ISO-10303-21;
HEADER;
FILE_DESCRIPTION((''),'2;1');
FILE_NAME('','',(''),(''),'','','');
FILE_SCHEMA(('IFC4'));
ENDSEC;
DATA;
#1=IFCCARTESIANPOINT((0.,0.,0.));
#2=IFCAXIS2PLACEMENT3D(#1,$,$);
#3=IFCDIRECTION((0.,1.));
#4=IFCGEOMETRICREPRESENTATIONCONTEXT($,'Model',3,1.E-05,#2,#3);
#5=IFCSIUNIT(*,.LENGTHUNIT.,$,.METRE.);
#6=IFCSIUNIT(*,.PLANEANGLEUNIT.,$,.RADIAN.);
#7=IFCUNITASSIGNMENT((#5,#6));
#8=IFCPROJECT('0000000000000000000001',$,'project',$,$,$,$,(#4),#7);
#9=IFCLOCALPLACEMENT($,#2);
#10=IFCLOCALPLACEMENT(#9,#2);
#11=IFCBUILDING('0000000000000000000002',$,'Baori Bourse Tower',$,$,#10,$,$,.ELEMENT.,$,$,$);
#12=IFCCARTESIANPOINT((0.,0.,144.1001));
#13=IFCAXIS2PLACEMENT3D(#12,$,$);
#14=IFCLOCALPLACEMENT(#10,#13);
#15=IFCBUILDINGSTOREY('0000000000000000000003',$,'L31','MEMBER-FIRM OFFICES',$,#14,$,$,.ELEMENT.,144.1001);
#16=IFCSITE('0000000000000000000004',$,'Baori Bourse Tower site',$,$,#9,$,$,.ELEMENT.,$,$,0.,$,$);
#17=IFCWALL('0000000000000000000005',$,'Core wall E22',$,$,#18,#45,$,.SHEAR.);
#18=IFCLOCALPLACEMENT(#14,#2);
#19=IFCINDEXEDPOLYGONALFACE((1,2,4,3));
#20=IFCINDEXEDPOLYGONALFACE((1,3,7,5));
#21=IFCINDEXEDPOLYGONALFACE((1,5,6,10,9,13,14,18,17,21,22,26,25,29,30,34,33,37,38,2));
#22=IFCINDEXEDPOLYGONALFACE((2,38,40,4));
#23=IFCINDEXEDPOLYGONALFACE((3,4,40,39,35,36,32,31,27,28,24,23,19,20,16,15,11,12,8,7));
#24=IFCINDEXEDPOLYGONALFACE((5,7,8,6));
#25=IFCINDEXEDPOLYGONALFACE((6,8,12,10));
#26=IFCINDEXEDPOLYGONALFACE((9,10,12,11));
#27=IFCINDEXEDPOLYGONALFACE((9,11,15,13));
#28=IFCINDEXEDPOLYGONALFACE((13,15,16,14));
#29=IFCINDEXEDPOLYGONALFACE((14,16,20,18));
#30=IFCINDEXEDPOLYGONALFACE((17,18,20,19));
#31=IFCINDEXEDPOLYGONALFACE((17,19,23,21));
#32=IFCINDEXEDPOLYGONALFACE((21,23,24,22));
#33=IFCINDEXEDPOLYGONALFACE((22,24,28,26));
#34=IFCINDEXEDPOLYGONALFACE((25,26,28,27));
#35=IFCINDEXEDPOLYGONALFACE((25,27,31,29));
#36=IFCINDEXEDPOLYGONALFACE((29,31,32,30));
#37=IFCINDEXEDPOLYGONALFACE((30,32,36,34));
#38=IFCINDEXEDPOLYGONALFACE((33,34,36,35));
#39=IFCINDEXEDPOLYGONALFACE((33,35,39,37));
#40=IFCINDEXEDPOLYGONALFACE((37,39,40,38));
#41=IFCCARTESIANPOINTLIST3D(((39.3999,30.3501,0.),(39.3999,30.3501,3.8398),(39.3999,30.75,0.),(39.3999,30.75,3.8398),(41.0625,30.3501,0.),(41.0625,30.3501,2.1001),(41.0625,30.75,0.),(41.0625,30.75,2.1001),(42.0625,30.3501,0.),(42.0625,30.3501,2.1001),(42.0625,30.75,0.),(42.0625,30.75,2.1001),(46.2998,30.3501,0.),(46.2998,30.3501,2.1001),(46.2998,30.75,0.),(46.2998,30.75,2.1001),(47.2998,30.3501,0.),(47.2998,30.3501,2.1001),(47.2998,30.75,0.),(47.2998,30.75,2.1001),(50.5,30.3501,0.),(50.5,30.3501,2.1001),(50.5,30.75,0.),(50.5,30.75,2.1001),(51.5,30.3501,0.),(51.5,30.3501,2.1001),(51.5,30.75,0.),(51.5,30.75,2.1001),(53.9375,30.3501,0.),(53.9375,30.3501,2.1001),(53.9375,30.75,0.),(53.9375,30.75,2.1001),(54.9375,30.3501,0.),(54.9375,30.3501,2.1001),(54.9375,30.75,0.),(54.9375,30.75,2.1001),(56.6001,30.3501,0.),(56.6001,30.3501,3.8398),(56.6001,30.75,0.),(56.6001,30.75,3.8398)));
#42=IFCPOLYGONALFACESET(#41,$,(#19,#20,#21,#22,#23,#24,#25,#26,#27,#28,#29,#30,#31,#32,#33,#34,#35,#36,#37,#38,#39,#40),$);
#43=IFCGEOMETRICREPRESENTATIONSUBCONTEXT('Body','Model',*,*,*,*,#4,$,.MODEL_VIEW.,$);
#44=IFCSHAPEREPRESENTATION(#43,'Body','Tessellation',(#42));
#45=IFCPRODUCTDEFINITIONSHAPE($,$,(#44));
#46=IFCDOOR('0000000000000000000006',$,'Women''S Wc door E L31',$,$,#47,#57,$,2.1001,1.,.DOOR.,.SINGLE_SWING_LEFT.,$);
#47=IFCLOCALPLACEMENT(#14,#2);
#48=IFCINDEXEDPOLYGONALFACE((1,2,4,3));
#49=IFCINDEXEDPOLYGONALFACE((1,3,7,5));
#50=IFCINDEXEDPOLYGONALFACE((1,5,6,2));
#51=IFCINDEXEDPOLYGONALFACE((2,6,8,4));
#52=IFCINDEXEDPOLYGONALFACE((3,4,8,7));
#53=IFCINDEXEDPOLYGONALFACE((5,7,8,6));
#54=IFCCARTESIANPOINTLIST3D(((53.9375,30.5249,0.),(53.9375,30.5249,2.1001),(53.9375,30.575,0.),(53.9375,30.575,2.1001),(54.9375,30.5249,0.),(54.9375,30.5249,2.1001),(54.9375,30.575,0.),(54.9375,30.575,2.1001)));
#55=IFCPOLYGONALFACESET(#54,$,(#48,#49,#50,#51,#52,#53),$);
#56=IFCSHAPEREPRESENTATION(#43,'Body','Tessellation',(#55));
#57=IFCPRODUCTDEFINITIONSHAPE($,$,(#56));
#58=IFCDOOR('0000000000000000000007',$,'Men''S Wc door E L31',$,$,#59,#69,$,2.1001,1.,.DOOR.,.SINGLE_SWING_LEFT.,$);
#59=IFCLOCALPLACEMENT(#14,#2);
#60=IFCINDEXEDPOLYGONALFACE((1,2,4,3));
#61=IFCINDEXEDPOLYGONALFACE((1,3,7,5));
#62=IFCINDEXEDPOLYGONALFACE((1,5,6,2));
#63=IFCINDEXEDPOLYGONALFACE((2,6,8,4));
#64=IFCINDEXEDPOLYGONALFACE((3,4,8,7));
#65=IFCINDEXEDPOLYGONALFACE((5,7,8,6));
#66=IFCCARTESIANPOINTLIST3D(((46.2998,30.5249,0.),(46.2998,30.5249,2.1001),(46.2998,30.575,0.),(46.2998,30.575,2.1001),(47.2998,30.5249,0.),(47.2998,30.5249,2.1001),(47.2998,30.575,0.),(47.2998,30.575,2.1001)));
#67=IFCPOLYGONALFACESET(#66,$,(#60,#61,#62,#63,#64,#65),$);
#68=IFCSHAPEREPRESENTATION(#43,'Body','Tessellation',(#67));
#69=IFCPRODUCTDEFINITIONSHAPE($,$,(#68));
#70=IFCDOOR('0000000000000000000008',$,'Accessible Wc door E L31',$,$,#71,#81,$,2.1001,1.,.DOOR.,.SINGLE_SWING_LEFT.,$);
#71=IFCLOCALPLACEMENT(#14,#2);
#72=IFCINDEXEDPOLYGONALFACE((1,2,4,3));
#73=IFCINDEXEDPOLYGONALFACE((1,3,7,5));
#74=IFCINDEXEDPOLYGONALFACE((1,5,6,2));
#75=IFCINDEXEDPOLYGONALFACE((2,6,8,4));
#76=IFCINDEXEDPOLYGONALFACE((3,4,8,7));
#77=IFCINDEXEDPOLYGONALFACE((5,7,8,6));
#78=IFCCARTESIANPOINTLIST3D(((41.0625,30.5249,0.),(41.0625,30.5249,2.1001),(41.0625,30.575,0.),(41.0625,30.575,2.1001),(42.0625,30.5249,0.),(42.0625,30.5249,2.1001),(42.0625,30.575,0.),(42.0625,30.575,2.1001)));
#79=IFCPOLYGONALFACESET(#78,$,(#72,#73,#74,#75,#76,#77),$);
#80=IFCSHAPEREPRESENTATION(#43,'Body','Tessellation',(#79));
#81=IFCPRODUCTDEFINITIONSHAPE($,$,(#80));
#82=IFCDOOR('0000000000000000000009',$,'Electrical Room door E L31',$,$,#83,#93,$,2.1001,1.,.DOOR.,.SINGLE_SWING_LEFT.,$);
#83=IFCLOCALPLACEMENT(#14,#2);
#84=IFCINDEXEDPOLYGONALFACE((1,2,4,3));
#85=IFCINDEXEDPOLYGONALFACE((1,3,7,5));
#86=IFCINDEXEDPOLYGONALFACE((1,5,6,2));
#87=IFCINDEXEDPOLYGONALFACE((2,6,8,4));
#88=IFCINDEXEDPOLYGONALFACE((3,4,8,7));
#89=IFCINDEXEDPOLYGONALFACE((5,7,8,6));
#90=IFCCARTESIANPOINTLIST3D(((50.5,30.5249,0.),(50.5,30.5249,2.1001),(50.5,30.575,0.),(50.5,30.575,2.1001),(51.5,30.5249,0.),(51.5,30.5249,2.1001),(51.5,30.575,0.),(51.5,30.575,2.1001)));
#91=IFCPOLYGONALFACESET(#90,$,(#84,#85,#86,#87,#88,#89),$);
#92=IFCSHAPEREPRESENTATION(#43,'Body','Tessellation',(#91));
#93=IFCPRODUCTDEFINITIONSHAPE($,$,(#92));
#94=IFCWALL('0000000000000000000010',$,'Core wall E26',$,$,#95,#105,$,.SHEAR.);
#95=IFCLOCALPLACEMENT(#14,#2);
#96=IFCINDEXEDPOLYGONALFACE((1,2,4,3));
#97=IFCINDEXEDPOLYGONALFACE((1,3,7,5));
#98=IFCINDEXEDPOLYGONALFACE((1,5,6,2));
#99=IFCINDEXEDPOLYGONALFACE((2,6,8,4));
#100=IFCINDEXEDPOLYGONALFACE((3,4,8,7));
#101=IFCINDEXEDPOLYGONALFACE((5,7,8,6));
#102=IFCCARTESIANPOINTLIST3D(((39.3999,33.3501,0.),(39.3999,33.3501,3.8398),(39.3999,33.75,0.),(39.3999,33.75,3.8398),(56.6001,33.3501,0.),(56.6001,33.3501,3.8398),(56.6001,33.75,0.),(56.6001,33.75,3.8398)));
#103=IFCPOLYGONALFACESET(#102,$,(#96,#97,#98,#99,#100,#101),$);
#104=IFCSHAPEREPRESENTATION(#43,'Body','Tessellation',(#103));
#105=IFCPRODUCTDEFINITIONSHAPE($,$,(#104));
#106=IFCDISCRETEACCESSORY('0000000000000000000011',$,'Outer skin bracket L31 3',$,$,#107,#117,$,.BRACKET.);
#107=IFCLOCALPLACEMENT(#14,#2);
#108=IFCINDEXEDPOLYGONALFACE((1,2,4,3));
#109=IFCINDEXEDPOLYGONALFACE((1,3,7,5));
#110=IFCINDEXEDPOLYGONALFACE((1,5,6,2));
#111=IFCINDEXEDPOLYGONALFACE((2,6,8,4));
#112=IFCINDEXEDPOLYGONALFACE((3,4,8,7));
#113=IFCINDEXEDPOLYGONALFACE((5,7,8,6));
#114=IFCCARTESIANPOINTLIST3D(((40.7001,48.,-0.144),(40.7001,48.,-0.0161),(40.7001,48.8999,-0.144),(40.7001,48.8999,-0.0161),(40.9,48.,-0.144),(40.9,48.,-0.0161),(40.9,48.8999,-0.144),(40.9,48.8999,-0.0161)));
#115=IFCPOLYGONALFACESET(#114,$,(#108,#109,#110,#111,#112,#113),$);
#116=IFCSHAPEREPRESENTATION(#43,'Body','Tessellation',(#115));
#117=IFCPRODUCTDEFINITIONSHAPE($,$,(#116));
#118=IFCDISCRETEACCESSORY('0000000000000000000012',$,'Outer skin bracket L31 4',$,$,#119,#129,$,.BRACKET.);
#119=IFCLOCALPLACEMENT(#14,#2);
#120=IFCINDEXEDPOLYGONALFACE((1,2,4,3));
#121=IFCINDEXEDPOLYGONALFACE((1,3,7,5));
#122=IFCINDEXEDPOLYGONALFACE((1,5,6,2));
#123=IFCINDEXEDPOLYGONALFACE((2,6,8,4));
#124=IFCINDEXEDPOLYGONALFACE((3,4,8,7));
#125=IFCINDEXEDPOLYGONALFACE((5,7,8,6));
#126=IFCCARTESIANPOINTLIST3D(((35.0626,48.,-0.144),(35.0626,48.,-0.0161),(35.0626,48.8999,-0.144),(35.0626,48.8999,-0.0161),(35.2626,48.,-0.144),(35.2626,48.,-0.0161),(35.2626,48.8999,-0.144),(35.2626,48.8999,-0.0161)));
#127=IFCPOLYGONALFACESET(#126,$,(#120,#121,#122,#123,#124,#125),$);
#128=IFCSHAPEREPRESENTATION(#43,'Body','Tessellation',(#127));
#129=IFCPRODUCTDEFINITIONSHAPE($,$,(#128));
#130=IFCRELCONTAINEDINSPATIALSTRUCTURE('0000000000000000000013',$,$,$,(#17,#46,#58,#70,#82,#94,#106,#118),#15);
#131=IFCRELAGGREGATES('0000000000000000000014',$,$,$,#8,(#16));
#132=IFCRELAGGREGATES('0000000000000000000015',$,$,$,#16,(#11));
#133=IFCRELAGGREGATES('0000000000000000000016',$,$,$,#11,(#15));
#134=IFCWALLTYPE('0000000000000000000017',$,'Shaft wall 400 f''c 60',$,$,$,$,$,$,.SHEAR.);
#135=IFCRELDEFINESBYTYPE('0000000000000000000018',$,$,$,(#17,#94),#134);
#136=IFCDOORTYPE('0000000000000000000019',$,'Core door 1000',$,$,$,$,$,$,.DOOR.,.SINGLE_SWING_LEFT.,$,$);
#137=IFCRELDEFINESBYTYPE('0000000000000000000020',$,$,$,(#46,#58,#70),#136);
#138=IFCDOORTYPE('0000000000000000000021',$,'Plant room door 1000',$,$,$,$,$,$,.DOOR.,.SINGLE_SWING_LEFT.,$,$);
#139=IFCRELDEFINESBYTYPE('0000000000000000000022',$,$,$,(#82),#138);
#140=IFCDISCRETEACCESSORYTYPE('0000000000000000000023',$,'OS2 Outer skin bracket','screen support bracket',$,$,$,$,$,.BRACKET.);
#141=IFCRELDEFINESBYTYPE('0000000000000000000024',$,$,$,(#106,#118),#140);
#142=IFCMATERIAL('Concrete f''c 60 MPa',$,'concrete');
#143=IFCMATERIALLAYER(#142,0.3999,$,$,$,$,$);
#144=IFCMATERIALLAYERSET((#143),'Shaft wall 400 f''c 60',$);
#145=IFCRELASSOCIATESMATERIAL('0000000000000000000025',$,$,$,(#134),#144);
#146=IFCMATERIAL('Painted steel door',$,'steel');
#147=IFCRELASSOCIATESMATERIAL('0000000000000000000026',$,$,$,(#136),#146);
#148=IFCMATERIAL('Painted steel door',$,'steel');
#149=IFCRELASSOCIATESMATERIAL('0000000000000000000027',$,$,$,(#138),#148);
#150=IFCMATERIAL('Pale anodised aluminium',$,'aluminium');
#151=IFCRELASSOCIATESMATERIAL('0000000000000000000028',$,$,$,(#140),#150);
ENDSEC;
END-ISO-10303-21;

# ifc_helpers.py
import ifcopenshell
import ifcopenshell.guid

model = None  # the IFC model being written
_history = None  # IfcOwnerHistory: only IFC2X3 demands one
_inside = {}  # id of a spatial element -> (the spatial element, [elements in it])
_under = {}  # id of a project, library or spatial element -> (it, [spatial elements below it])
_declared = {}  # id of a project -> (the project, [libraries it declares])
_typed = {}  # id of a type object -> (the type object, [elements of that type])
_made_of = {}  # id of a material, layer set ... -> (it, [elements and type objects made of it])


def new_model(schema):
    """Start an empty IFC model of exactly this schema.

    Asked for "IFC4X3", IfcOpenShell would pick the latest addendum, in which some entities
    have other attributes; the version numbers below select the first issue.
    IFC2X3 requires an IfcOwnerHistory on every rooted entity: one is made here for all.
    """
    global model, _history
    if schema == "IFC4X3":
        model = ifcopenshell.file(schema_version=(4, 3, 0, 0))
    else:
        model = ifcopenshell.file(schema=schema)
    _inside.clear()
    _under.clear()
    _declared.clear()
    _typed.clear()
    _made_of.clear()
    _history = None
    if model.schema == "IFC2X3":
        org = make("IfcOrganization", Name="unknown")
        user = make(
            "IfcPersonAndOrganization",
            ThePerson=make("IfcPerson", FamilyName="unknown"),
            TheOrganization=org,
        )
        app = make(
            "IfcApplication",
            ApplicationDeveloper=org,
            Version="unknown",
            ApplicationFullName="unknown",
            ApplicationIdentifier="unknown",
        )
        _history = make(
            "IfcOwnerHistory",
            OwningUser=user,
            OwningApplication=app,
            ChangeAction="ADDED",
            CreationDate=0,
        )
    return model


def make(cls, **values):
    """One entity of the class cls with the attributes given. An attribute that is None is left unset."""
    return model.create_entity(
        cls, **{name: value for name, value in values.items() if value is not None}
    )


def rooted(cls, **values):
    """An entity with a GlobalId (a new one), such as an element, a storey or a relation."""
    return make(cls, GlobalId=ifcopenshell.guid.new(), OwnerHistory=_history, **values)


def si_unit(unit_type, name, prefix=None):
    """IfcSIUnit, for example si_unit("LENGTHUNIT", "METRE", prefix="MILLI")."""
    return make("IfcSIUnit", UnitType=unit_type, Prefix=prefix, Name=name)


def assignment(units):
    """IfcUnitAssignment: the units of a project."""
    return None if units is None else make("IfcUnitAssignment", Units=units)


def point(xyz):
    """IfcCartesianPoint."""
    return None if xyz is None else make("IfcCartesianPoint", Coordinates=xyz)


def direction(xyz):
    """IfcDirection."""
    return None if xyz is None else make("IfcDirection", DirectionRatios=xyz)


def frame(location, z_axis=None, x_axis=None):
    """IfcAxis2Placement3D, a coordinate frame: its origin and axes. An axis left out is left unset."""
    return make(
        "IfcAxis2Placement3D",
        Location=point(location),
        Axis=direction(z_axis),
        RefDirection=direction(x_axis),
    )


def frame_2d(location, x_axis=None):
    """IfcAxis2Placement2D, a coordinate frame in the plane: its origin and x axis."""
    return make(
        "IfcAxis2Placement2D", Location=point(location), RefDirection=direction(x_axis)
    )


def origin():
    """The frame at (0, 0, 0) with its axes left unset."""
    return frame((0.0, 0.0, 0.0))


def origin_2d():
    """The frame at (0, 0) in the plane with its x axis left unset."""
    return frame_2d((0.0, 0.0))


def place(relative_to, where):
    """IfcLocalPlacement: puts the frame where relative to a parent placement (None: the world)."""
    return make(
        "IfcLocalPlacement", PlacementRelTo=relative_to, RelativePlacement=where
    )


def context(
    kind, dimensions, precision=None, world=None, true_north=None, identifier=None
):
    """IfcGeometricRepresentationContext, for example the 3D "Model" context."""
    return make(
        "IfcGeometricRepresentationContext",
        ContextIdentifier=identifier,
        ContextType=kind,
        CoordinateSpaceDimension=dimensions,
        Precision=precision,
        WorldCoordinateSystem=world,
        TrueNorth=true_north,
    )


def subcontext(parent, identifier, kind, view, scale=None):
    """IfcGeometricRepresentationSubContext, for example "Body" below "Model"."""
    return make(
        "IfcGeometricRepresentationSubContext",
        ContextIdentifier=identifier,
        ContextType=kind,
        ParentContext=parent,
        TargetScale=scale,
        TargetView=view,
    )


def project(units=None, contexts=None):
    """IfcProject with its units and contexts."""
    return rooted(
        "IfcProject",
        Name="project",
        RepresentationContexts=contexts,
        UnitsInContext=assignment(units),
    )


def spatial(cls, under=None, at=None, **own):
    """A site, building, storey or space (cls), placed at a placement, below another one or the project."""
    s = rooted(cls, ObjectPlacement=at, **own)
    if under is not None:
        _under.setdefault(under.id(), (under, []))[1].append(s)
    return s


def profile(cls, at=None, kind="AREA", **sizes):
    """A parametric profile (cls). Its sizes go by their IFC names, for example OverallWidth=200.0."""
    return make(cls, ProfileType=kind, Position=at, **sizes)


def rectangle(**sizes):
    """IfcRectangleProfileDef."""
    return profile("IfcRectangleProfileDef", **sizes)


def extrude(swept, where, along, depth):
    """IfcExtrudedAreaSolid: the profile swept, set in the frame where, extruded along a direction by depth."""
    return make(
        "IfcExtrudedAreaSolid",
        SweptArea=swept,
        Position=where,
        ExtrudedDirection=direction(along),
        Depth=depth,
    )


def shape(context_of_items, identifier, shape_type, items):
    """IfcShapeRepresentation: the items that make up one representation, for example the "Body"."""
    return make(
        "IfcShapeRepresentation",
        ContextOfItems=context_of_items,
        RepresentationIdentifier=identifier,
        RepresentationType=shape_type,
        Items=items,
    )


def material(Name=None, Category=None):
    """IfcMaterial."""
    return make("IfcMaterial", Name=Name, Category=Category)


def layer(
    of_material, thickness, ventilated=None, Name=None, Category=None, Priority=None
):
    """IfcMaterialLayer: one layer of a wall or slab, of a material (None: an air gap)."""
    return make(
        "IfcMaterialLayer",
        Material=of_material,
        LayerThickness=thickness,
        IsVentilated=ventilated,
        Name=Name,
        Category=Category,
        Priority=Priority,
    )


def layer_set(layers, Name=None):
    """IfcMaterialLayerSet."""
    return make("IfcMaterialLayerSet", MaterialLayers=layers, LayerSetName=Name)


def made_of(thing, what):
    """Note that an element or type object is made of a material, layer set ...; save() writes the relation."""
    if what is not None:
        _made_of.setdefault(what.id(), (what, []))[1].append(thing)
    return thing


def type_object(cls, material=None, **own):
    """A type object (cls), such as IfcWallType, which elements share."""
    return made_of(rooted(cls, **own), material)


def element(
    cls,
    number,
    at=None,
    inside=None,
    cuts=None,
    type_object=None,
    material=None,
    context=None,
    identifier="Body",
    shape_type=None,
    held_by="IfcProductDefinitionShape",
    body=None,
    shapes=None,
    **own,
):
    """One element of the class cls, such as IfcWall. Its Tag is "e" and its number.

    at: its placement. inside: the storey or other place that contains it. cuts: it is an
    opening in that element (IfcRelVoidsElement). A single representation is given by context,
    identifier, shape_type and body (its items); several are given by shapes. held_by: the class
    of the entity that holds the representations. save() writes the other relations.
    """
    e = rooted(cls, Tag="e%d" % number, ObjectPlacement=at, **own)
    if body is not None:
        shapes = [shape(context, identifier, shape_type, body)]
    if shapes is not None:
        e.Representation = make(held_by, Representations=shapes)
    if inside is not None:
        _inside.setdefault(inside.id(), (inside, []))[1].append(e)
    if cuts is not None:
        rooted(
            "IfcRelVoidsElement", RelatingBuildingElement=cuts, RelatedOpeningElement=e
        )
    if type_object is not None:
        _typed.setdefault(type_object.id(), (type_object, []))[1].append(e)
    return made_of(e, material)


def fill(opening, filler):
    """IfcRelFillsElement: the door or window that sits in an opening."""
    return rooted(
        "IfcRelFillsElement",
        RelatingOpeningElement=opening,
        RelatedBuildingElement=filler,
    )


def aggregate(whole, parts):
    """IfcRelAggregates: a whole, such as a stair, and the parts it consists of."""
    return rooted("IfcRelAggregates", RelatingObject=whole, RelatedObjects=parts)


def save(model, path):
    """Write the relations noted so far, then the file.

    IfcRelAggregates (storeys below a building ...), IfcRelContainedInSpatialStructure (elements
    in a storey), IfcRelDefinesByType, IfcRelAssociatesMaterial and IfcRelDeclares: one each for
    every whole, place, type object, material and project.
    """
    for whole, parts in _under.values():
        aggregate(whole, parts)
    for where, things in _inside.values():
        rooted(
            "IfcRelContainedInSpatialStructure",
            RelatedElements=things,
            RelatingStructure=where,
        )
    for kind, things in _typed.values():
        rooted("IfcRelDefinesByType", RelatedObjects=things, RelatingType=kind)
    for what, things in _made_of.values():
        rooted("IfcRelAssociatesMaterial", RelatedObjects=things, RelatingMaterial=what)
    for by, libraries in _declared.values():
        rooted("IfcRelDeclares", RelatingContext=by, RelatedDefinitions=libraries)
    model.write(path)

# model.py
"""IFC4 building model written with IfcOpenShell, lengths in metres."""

from ifc_helpers import new_model, si_unit, direction, frame, frame_2d, origin, origin_2d, place, context, subcontext, project, spatial, rectangle, extrude, material, layer, layer_set, type_object, element, fill, save


model = new_model("IFC4")

# Units and contexts
model_context = context("Model", 3, precision=1e-05, world=origin(), true_north=direction((0.0, 1.0)))
body_context = subcontext(model_context, "Body", "Model", "MODEL_VIEW")
ifc_project = project(units=[si_unit("LENGTHUNIT", "METRE"), si_unit("PLANEANGLEUNIT", "RADIAN")], contexts=[model_context])

# Site, building, storey
site_placement = place(None, origin())
site = spatial("IfcSite", under=ifc_project, at=site_placement, Name="Baori Bourse Tower site", CompositionType="ELEMENT", RefElevation=0.0)
building_placement = place(site_placement, origin())
building = spatial("IfcBuilding", under=site, at=building_placement, Name="Baori Bourse Tower", CompositionType="ELEMENT")
storey_placement = place(building_placement, frame((0.0, 0.0, 144.1001)))
storey = spatial("IfcBuildingStorey", under=building, at=storey_placement, Name="L31", Description="MEMBER-FIRM OFFICES", CompositionType="ELEMENT", Elevation=144.1001)

# Wall, openings, doors
ifc_material_1 = material(Name="Concrete f'c 60 MPa", Category="concrete")
ifc_layer_1 = layer(ifc_material_1, 0.3999)
ifc_layer_set_1 = layer_set([ifc_layer_1], Name="Shaft wall 400 f'c 60")
wall_type_1 = type_object("IfcWallType", Name="Shaft wall 400 f'c 60", PredefinedType="SHEAR", material=ifc_layer_set_1)
wall_1_placement = place(storey_placement, frame((39.3999, 30.55, 0.0), z_axis=(0.0, 0.0, 1.0), x_axis=(1.0, 0.0, 0.0)))
wall_1 = element("IfcWall", 1, at=wall_1_placement, inside=storey, type_object=wall_type_1, Name="Core wall E22", PredefinedType="SHEAR", context=body_context, shape_type="SweptSolid", body=[
    extrude(rectangle(XDim=17.2002, YDim=0.3999, at=frame_2d((8.6001, 0.0))), origin(), (0.0, 0.0, 1.0), 3.8398),
])
opening_1_placement = place(wall_1_placement, frame((14.5376, 0.0, 0.0)))
opening_1 = element("IfcOpeningElement", 2, at=opening_1_placement, cuts=wall_1, PredefinedType="OPENING", context=body_context, shape_type="SweptSolid", body=[
    extrude(rectangle(XDim=1.0, YDim=2.1001, at=frame_2d((0.5, 1.05))), frame((0.0, 0.21, 0.0), z_axis=(0.0, -1.0, 0.0), x_axis=(1.0, 0.0, 0.0)), (0.0, 0.0, 1.0), 0.4199),
])
opening_2_placement = place(wall_1_placement, frame((11.1001, 0.0, 0.0)))
opening_2 = element("IfcOpeningElement", 3, at=opening_2_placement, cuts=wall_1, PredefinedType="OPENING", context=body_context, shape_type="SweptSolid", body=[
    extrude(rectangle(XDim=1.0, YDim=2.1001, at=frame_2d((0.5, 1.05))), frame((0.0, 0.21, 0.0), z_axis=(0.0, -1.0, 0.0), x_axis=(1.0, 0.0, 0.0)), (0.0, 0.0, 1.0), 0.4199),
])
opening_3_placement = place(wall_1_placement, frame((6.8999, 0.0, 0.0)))
opening_3 = element("IfcOpeningElement", 4, at=opening_3_placement, cuts=wall_1, PredefinedType="OPENING", context=body_context, shape_type="SweptSolid", body=[
    extrude(rectangle(XDim=1.0, YDim=2.1001, at=frame_2d((0.5, 1.05))), frame((0.0, 0.21, 0.0), z_axis=(0.0, -1.0, 0.0), x_axis=(1.0, 0.0, 0.0)), (0.0, 0.0, 1.0), 0.4199),
])
opening_4_placement = place(wall_1_placement, frame((1.6626, 0.0, 0.0)))
opening_4 = element("IfcOpeningElement", 5, at=opening_4_placement, cuts=wall_1, PredefinedType="OPENING", context=body_context, shape_type="SweptSolid", body=[
    extrude(rectangle(XDim=1.0, YDim=2.1001, at=frame_2d((0.5, 1.05))), frame((0.0, 0.21, 0.0), z_axis=(0.0, -1.0, 0.0), x_axis=(1.0, 0.0, 0.0)), (0.0, 0.0, 1.0), 0.4199),
])
ifc_material_2 = material(Name="Painted steel door", Category="steel")
door_type_1 = type_object("IfcDoorType", Name="Core door 1000", OperationType="SINGLE_SWING_LEFT", PredefinedType="DOOR", material=ifc_material_2)
door_1_placement = place(opening_1_placement, origin())
door_1 = element("IfcDoor", 6, at=door_1_placement, inside=storey, type_object=door_type_1, Name="Women'S Wc door E L31", OperationType="SINGLE_SWING_LEFT", OverallHeight=2.1001, OverallWidth=1.0, PredefinedType="DOOR", context=body_context, shape_type="SweptSolid", body=[
    extrude(rectangle(XDim=1.0, YDim=2.1001, at=frame_2d((0.5, 1.05))), frame((0.0, 0.0249, 0.0), z_axis=(0.0, -1.0, 0.0), x_axis=(1.0, 0.0, 0.0)), (0.0, 0.0, 1.0), 0.05),
])
fill(opening_1, door_1)
door_2_placement = place(opening_3_placement, origin())
door_2 = element("IfcDoor", 7, at=door_2_placement, inside=storey, type_object=door_type_1, Name="Men'S Wc door E L31", OperationType="SINGLE_SWING_LEFT", OverallHeight=2.1001, OverallWidth=1.0, PredefinedType="DOOR", context=body_context, shape_type="SweptSolid", body=[
    extrude(rectangle(XDim=1.0, YDim=2.1001, at=frame_2d((0.5, 1.05))), frame((0.0, 0.0249, 0.0), z_axis=(0.0, -1.0, 0.0), x_axis=(1.0, 0.0, 0.0)), (0.0, 0.0, 1.0), 0.05),
])
fill(opening_3, door_2)
door_3_placement = place(opening_4_placement, origin())
door_3 = element("IfcDoor", 8, at=door_3_placement, inside=storey, type_object=door_type_1, Name="Accessible Wc door E L31", OperationType="SINGLE_SWING_LEFT", OverallHeight=2.1001, OverallWidth=1.0, PredefinedType="DOOR", context=body_context, shape_type="SweptSolid", body=[
    extrude(rectangle(XDim=1.0, YDim=2.1001, at=frame_2d((0.5, 1.05))), frame((0.0, 0.0249, 0.0), z_axis=(0.0, -1.0, 0.0), x_axis=(1.0, 0.0, 0.0)), (0.0, 0.0, 1.0), 0.05),
])
fill(opening_4, door_3)
ifc_material_3 = material(Name="Painted steel door", Category="steel")
door_type_2 = type_object("IfcDoorType", Name="Plant room door 1000", OperationType="SINGLE_SWING_LEFT", PredefinedType="DOOR", material=ifc_material_3)
door_4_placement = place(opening_2_placement, origin())
door_4 = element("IfcDoor", 9, at=door_4_placement, inside=storey, type_object=door_type_2, Name="Electrical Room door E L31", OperationType="SINGLE_SWING_LEFT", OverallHeight=2.1001, OverallWidth=1.0, PredefinedType="DOOR", context=body_context, shape_type="SweptSolid", body=[
    extrude(rectangle(XDim=1.0, YDim=2.1001, at=frame_2d((0.5, 1.05))), frame((0.0, 0.0249, 0.0), z_axis=(0.0, -1.0, 0.0), x_axis=(1.0, 0.0, 0.0)), (0.0, 0.0, 1.0), 0.05),
])
fill(opening_2, door_4)

# Wall
wall_2_placement = place(storey_placement, frame((39.3999, 33.55, 0.0), z_axis=(0.0, 0.0, 1.0), x_axis=(1.0, 0.0, 0.0)))
element("IfcWall", 10, at=wall_2_placement, inside=storey, type_object=wall_type_1, Name="Core wall E26", PredefinedType="SHEAR", context=body_context, shape_type="SweptSolid", body=[
    extrude(rectangle(XDim=17.2002, YDim=0.3999, at=frame_2d((8.6001, 0.0))), origin(), (0.0, 0.0, 1.0), 3.8398),
])

# Discrete accessories
ifc_material_4 = material(Name="Pale anodised aluminium", Category="aluminium")
discrete_accessory_type = type_object("IfcDiscreteAccessoryType", Name="OS2 Outer skin bracket", Description="screen support bracket", PredefinedType="BRACKET", material=ifc_material_4)
for number, where, z_axis, x_axis, name in (
    (11, (40.8, 48.45, -0.144), (0.0, 0.0, 1.0), (-1.0, 0.0, 0.0), "Outer skin bracket L31 3"),
    (12, (35.1626, 48.45, -0.144), (0.0, 0.0, 1.0), (-1.0, 0.0, 0.0), "Outer skin bracket L31 4"),
):
    element("IfcDiscreteAccessory", number, at=place(storey_placement, frame(where, z_axis=z_axis, x_axis=x_axis)), inside=storey, type_object=discrete_accessory_type, Name=name, PredefinedType="BRACKET", context=body_context, shape_type="SweptSolid", body=[
        extrude(rectangle(XDim=0.2, YDim=0.8999, at=origin_2d()), origin(), (0.0, 0.0, 1.0), 0.1279),
    ])

save(model, "model.ifc")
